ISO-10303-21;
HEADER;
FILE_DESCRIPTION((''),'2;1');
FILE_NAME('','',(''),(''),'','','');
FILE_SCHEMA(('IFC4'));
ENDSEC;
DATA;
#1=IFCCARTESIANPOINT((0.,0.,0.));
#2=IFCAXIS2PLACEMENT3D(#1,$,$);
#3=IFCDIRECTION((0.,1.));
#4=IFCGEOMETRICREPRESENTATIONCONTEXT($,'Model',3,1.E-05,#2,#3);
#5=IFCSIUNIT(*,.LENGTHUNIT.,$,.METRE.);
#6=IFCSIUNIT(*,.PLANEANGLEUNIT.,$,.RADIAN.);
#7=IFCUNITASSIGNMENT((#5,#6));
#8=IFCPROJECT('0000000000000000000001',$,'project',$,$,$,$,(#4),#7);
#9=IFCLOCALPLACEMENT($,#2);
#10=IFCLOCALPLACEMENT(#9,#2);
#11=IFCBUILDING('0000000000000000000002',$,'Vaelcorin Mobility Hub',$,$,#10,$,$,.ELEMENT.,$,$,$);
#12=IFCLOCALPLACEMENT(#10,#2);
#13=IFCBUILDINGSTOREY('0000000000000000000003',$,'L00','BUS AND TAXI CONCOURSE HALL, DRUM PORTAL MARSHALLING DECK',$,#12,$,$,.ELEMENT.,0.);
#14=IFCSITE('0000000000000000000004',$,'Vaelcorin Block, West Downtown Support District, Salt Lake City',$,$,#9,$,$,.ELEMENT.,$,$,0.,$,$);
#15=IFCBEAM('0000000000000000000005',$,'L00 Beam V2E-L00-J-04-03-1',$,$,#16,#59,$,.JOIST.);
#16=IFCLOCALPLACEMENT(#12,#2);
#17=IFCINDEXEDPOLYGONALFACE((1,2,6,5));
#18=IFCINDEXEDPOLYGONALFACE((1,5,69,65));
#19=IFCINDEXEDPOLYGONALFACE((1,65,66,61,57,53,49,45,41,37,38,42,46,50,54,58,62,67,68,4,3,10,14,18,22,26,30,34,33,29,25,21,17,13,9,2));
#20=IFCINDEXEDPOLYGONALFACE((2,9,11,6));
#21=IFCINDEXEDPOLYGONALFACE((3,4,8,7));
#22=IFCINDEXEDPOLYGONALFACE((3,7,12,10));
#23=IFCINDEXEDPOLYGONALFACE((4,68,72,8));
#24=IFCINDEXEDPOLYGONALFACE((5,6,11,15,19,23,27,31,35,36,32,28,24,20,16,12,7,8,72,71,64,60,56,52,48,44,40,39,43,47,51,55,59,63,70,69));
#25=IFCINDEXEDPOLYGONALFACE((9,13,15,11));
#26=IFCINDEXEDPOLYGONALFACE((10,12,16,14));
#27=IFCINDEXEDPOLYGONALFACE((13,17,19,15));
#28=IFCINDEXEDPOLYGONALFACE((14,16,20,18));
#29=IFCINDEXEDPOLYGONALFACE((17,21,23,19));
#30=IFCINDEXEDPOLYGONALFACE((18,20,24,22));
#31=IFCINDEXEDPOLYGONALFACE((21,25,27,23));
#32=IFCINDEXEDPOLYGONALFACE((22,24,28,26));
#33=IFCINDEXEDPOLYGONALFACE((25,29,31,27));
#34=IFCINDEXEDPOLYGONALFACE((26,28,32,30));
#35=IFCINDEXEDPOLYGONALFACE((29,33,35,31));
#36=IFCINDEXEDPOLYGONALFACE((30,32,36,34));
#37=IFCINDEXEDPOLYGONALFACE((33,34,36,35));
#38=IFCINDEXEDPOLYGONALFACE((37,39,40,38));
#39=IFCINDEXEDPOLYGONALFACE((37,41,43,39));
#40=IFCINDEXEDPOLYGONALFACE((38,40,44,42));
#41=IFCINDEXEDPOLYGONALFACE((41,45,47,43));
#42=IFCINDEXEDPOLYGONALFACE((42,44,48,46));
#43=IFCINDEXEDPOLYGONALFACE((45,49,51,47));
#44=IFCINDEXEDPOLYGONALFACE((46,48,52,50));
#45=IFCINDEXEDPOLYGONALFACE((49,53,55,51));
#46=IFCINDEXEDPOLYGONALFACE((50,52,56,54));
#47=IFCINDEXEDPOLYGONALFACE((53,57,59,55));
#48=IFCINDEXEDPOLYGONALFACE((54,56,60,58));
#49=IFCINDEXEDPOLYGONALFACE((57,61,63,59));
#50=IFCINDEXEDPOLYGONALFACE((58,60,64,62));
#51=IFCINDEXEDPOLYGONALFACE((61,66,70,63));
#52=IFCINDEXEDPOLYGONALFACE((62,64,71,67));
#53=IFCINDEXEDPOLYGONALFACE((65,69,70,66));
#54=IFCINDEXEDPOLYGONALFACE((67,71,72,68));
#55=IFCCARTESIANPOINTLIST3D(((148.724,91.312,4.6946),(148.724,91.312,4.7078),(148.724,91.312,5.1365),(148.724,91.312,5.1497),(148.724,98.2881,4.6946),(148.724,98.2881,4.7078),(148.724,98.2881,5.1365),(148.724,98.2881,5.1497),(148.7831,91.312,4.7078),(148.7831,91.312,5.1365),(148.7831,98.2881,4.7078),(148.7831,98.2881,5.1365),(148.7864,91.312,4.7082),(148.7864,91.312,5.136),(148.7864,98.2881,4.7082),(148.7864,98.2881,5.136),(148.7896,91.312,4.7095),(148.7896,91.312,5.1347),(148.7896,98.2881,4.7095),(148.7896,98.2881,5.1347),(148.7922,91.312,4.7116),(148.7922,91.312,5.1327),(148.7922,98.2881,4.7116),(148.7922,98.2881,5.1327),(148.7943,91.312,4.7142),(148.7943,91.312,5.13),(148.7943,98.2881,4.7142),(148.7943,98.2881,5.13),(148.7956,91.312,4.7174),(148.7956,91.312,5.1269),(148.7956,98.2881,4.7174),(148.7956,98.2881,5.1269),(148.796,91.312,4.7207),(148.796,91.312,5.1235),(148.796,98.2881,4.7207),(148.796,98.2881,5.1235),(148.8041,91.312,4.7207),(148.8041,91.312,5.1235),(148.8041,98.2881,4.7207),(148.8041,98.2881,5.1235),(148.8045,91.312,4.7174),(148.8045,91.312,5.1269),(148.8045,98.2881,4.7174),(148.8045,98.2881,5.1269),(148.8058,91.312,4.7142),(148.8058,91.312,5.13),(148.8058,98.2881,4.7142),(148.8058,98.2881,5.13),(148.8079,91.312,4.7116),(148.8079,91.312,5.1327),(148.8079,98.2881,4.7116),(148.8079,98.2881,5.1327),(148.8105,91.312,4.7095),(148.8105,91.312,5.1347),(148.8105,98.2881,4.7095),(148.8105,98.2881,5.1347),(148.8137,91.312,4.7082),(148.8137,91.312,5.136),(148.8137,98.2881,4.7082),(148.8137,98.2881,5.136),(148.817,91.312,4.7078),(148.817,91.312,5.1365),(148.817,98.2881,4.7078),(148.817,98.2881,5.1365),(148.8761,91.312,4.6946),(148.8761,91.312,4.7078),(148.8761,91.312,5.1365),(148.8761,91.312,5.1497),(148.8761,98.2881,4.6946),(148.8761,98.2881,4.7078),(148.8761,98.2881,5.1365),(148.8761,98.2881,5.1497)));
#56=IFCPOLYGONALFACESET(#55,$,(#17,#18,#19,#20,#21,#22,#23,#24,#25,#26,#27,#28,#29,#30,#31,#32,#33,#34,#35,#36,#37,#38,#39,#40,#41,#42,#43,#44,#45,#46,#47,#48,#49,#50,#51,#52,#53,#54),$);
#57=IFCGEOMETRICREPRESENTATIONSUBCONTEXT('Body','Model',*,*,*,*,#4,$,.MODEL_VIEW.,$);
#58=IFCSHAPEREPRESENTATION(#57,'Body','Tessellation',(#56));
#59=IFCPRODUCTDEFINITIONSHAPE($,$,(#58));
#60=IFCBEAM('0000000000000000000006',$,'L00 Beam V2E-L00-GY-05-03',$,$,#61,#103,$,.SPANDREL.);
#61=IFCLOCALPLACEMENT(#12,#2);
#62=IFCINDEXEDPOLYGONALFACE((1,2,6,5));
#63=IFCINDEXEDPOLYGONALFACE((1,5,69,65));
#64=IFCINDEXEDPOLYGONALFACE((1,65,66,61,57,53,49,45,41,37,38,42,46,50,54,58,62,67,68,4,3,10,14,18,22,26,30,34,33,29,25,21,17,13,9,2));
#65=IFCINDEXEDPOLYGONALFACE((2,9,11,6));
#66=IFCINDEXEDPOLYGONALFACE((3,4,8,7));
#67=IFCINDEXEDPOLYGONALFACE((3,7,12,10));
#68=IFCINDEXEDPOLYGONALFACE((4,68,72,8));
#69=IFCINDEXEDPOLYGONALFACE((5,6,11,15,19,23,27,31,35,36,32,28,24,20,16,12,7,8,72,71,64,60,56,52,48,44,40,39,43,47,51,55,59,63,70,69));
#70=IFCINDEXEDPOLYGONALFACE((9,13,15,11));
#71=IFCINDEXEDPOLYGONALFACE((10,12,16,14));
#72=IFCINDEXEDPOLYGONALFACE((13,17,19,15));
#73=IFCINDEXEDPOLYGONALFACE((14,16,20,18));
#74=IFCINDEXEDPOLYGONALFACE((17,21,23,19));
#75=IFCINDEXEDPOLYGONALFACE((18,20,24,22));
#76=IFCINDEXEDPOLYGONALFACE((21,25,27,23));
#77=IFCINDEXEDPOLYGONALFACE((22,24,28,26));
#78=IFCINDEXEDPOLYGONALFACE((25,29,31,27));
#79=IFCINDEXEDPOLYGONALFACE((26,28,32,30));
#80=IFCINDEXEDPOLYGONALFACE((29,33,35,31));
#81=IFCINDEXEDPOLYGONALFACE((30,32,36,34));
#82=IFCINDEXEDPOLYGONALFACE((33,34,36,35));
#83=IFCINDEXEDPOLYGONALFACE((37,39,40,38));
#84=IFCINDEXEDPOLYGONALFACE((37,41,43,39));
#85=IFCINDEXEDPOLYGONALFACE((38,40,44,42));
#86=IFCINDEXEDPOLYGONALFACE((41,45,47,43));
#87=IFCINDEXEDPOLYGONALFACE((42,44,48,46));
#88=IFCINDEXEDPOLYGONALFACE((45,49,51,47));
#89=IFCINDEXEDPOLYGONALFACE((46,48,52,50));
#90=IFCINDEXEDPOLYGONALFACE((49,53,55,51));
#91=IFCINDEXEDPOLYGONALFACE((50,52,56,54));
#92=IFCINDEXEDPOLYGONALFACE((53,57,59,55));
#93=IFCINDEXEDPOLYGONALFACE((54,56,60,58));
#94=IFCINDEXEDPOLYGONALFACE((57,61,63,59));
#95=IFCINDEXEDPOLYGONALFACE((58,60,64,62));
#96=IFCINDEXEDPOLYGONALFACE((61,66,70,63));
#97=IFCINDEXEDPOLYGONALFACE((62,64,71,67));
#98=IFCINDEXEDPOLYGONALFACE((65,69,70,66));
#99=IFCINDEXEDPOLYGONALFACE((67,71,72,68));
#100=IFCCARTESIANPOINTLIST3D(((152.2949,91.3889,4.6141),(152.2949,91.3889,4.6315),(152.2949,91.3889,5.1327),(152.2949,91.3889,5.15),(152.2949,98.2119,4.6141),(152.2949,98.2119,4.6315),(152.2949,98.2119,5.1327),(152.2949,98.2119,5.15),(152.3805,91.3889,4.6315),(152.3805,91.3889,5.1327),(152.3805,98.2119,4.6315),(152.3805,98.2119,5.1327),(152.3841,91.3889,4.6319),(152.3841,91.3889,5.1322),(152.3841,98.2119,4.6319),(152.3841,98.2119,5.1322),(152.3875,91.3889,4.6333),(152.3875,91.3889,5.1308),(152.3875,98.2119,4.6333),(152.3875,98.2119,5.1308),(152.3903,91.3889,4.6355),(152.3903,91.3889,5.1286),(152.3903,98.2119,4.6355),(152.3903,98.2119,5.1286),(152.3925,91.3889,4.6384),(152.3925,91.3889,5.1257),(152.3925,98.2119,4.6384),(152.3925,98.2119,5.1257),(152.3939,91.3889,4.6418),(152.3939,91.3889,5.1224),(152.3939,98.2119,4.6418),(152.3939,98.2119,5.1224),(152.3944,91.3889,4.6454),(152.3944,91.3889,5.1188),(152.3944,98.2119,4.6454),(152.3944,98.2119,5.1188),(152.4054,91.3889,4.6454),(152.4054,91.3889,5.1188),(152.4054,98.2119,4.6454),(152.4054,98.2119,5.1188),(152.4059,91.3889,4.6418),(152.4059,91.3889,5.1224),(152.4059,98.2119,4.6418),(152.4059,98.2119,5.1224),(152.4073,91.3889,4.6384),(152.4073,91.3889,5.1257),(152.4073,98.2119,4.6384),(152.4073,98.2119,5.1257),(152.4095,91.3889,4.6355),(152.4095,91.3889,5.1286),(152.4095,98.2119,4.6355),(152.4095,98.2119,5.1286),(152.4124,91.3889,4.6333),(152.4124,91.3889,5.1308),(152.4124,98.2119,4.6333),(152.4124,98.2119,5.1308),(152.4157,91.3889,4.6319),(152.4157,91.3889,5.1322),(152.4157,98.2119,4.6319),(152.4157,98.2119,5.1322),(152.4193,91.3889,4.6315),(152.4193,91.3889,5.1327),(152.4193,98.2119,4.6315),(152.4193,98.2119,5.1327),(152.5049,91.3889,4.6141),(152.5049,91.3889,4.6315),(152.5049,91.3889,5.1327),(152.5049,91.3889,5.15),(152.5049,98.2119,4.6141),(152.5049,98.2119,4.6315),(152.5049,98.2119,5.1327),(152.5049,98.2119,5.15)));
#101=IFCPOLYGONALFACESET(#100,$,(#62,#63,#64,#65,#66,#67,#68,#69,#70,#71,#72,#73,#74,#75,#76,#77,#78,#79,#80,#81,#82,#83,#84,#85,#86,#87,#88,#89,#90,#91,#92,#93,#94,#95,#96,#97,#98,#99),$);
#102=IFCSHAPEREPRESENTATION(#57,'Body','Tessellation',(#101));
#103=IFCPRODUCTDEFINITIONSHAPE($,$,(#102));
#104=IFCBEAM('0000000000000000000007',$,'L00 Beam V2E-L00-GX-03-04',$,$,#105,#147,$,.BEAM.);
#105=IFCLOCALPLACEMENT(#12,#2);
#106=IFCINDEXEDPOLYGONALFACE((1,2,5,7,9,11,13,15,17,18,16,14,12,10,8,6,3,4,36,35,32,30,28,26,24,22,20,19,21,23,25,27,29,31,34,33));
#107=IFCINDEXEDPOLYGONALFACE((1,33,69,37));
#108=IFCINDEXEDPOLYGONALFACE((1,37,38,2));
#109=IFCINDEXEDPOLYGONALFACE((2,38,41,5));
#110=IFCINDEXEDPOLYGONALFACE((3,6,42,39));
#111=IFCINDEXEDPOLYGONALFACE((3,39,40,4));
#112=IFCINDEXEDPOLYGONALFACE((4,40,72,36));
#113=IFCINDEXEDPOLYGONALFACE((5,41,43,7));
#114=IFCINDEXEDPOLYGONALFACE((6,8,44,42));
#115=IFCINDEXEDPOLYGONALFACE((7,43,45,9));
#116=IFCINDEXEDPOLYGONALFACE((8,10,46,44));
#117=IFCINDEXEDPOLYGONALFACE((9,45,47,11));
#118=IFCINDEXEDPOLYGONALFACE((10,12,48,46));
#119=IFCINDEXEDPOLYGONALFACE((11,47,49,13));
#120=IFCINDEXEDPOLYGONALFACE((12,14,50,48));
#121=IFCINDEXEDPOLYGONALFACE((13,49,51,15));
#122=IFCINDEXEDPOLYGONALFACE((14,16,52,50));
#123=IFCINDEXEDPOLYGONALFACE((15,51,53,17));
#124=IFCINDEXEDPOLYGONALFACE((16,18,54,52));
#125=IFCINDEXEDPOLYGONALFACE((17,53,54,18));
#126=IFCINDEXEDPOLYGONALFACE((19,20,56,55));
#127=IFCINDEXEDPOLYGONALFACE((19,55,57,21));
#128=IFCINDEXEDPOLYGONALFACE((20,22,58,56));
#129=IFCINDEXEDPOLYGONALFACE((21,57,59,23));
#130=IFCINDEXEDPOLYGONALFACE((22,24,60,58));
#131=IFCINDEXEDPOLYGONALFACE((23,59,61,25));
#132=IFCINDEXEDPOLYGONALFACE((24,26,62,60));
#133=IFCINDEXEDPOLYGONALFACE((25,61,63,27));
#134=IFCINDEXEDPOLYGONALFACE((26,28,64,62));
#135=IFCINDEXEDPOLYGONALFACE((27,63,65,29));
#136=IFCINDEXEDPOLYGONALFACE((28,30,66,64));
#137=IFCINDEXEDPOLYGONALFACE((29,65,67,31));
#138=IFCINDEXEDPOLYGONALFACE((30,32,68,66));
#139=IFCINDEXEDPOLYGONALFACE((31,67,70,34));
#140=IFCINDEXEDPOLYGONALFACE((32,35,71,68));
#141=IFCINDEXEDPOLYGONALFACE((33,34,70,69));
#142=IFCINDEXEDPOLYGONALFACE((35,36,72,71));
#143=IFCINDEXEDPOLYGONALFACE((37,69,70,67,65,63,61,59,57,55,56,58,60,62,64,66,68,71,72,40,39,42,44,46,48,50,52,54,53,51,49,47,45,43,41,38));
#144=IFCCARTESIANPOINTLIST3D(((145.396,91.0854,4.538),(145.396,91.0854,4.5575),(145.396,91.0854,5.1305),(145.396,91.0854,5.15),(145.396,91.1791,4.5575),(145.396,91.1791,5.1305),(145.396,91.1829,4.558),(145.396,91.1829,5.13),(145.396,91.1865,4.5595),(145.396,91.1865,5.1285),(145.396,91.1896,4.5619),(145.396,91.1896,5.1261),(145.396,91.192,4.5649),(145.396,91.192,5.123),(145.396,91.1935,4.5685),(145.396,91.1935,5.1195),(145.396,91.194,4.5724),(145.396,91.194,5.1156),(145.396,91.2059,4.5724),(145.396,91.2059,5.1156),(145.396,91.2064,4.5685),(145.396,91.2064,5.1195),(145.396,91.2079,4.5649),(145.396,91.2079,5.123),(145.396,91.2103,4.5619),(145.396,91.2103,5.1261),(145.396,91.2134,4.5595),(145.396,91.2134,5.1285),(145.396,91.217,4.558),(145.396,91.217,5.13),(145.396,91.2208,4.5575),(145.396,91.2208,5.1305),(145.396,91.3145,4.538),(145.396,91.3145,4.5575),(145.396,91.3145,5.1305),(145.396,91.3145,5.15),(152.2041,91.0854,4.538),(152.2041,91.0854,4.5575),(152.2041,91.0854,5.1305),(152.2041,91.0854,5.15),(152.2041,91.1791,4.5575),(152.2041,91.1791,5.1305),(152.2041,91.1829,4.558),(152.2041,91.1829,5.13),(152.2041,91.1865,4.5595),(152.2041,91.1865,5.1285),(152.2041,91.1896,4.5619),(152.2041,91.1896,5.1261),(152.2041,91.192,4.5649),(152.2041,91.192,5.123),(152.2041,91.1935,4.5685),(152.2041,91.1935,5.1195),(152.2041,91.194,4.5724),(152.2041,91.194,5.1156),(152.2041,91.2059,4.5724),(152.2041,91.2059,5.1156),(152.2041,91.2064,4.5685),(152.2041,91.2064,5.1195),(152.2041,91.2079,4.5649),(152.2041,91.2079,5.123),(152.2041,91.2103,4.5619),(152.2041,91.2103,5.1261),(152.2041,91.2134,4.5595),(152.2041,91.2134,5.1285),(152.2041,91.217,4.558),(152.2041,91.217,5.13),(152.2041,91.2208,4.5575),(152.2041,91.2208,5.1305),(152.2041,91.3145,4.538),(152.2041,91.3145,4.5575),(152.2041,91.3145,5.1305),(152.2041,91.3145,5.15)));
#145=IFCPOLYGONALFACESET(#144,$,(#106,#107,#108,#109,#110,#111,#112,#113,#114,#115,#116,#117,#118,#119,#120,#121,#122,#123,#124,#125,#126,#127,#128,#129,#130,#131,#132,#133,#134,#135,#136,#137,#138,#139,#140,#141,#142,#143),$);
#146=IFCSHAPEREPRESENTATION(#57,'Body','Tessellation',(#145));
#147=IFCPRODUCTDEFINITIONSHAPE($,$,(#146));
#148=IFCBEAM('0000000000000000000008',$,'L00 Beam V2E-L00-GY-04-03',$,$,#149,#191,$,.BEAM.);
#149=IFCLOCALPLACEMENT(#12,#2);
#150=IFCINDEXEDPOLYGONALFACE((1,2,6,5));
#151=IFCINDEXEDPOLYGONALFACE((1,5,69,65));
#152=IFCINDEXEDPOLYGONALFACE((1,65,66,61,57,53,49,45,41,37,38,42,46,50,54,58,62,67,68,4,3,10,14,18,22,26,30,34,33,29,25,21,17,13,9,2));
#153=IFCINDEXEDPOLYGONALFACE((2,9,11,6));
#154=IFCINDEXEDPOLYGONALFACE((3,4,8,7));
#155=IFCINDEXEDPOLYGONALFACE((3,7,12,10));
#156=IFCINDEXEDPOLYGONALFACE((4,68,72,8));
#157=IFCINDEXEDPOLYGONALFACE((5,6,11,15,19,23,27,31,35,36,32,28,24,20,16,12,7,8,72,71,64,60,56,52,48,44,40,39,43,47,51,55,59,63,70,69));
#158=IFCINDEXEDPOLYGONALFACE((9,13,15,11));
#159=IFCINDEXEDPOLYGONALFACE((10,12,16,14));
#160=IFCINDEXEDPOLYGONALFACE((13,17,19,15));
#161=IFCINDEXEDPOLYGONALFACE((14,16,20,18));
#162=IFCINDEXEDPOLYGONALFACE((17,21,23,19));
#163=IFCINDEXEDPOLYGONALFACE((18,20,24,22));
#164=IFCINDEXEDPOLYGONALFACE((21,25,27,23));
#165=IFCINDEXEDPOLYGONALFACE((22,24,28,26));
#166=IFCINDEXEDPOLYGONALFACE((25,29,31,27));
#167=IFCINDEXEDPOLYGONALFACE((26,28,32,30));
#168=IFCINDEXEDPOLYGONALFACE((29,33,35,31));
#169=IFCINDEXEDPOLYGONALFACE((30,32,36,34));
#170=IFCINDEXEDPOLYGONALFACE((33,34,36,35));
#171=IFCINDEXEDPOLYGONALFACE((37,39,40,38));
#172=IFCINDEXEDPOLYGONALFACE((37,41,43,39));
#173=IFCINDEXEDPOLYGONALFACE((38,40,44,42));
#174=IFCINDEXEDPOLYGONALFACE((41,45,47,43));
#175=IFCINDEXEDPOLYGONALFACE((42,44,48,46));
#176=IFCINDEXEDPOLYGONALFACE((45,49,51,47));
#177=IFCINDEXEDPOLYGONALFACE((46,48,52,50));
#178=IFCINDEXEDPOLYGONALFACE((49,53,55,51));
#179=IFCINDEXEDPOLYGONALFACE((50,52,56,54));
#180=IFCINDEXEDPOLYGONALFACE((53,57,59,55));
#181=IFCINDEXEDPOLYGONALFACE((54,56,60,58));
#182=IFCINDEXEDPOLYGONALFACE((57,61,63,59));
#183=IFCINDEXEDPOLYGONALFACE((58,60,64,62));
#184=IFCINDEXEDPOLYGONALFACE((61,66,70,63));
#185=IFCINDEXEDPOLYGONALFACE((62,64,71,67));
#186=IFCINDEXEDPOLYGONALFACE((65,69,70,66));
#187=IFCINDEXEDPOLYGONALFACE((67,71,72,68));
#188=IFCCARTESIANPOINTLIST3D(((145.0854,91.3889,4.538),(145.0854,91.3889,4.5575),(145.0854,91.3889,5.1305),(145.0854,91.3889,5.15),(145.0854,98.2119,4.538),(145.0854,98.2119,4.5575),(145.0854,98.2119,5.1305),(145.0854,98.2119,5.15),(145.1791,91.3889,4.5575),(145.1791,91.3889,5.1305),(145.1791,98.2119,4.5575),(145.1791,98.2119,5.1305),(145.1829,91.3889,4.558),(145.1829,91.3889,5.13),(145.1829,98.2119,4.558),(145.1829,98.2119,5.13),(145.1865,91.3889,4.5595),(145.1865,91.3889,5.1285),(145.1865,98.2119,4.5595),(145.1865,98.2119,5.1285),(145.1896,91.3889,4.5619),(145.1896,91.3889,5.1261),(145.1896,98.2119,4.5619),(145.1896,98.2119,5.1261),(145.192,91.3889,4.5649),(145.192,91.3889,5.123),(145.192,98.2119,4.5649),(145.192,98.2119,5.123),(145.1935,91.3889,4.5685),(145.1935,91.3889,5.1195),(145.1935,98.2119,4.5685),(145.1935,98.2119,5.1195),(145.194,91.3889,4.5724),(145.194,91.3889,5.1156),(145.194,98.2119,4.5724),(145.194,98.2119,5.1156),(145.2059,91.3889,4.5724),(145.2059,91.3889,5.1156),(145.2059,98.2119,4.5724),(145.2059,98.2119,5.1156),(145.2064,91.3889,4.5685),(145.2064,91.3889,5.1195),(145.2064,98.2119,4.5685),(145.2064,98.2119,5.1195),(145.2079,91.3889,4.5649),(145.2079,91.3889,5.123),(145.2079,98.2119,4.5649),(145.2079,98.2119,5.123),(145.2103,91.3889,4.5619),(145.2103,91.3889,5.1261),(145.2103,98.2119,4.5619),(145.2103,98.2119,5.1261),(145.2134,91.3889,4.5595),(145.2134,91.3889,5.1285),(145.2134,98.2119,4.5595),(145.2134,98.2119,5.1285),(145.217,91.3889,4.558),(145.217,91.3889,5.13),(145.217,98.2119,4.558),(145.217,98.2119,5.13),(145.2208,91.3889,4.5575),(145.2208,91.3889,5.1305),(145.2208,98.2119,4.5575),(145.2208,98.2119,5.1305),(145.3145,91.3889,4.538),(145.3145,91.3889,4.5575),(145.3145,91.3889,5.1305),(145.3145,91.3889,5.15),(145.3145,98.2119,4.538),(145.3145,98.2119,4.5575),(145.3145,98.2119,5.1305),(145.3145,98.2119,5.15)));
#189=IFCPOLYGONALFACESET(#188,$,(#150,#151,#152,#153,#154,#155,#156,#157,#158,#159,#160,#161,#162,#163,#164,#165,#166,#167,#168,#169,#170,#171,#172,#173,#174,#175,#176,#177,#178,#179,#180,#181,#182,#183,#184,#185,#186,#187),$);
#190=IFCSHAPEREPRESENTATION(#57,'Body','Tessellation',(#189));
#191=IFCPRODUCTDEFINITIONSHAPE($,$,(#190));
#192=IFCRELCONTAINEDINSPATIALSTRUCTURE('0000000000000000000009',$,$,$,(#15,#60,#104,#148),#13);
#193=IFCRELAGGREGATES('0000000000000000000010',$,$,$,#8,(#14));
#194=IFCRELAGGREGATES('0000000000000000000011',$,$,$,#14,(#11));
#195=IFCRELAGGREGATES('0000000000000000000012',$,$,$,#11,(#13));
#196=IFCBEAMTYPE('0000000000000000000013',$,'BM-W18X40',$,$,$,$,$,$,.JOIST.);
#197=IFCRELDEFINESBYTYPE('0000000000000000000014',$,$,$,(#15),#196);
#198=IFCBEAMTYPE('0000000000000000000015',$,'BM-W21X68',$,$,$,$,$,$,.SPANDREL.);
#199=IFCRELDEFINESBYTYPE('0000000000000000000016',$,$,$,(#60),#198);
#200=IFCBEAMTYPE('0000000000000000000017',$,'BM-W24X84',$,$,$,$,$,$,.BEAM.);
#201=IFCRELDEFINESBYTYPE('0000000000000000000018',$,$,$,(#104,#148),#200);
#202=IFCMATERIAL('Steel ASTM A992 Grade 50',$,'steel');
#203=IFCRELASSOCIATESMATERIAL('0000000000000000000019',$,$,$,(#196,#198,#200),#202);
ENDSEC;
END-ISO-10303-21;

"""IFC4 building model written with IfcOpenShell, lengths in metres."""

from ifc_helpers import new_model, si_unit, direction, frame, origin, origin_2d, place, context, subcontext, project, spatial, i_section, extrude, material, material_profile, profile_set, type_object, element, save


model = new_model("IFC4")

# Units and contexts
model_context = context("Model", 3, precision=1e-05, world=origin(), true_north=direction((0.0, 1.0)))
body_context = subcontext(model_context, "Body", "Model", "MODEL_VIEW")
ifc_project = project(units=[si_unit("LENGTHUNIT", "METRE"), si_unit("PLANEANGLEUNIT", "RADIAN")], contexts=[model_context])

# Site, building, storey
site_placement = place(None, origin())
site = spatial("IfcSite", under=ifc_project, at=site_placement, Name="Vaelcorin Block, West Downtown Support District, Salt Lake City", CompositionType="ELEMENT", RefElevation=0.0)
building_placement = place(site_placement, origin())
building = spatial("IfcBuilding", under=site, at=building_placement, Name="Vaelcorin Mobility Hub", CompositionType="ELEMENT")
storey_placement = place(building_placement, origin())
storey = spatial("IfcBuildingStorey", under=building, at=storey_placement, Name="L00", Description="BUS AND TAXI CONCOURSE HALL, DRUM PORTAL MARSHALLING DECK", CompositionType="ELEMENT", Elevation=0.0)

# Shared definitions
ifc_material_1 = material(Name="Steel ASTM A992 Grade 50", Category="steel")

# Beams
ifc_material_profile_1 = material_profile(ifc_material_1, i_section(OverallWidth=0.1521, OverallDepth=0.4551, WebThickness=0.0081, FlangeThickness=0.0132, FilletRadius=0.0129, at=origin_2d()), Name="W18X40")
ifc_profile_set_1 = profile_set([ifc_material_profile_1], Name="Steel ASTM A992 Grade 50")
beam_type_1 = type_object("IfcBeamType", Name="BM-W18X40", PredefinedType="JOIST", material=ifc_profile_set_1)
beam_1_placement = place(storey_placement, frame((148.8, 91.312, 4.9221), z_axis=(0.0, 1.0, 0.0), x_axis=(-1.0, 0.0, 0.0)))
element("IfcBeam", 1, at=beam_1_placement, inside=storey, type_object=beam_type_1, Name="L00 Beam V2E-L00-J-04-03-1", PredefinedType="JOIST", context=body_context, shape_type="SweptSolid", body=[
    extrude(i_section(OverallWidth=0.1521, OverallDepth=0.4551, WebThickness=0.0081, FlangeThickness=0.0132, FilletRadius=0.0129, at=origin_2d()), origin(), (0.0, 0.0, 1.0), 6.9761),
])
ifc_material_profile_2 = material_profile(ifc_material_1, i_section(OverallWidth=0.21, OverallDepth=0.5359, WebThickness=0.011, FlangeThickness=0.0173, FilletRadius=0.0139, at=origin_2d()), Name="W21X68")
ifc_profile_set_2 = profile_set([ifc_material_profile_2], Name="Steel ASTM A992 Grade 50")
beam_type_2 = type_object("IfcBeamType", Name="BM-W21X68", PredefinedType="SPANDREL", material=ifc_profile_set_2)
beam_2_placement = place(storey_placement, frame((152.3999, 91.3889, 4.8821), z_axis=(0.0, 1.0, 0.0), x_axis=(-1.0, 0.0, 0.0)))
element("IfcBeam", 2, at=beam_2_placement, inside=storey, type_object=beam_type_2, Name="L00 Beam V2E-L00-GY-05-03", PredefinedType="SPANDREL", context=body_context, shape_type="SweptSolid", body=[
    extrude(i_section(OverallWidth=0.21, OverallDepth=0.5359, WebThickness=0.011, FlangeThickness=0.0173, FilletRadius=0.0139, at=origin_2d()), origin(), (0.0, 0.0, 1.0), 6.823),
])
ifc_material_profile_3 = material_profile(ifc_material_1, i_section(OverallWidth=0.229, OverallDepth=0.6121, WebThickness=0.012, FlangeThickness=0.0195, FilletRadius=0.0149, at=origin_2d()), Name="W24X84")
ifc_profile_set_3 = profile_set([ifc_material_profile_3], Name="Steel ASTM A992 Grade 50")
beam_type_3 = type_object("IfcBeamType", Name="BM-W24X84", PredefinedType="BEAM", material=ifc_profile_set_3)
beam_3_placement = place(storey_placement, frame((145.396, 91.2, 4.844), z_axis=(1.0, 0.0, 0.0), x_axis=(0.0, 1.0, 0.0)))
element("IfcBeam", 3, at=beam_3_placement, inside=storey, type_object=beam_type_3, Name="L00 Beam V2E-L00-GX-03-04", PredefinedType="BEAM", context=body_context, shape_type="SweptSolid", body=[
    extrude(i_section(OverallWidth=0.229, OverallDepth=0.6121, WebThickness=0.012, FlangeThickness=0.0195, FilletRadius=0.0149, at=origin_2d()), origin(), (0.0, 0.0, 1.0), 6.8081),
])
beam_4_placement = place(storey_placement, frame((145.2, 91.3889, 4.844), z_axis=(0.0, 1.0, 0.0), x_axis=(-1.0, 0.0, 0.0)))
element("IfcBeam", 4, at=beam_4_placement, inside=storey, type_object=beam_type_3, Name="L00 Beam V2E-L00-GY-04-03", PredefinedType="BEAM", context=body_context, shape_type="SweptSolid", body=[
    extrude(i_section(OverallWidth=0.229, OverallDepth=0.6121, WebThickness=0.012, FlangeThickness=0.0195, FilletRadius=0.0149, at=origin_2d()), origin(), (0.0, 0.0, 1.0), 6.823),
])

save(model, "model.ifc")
